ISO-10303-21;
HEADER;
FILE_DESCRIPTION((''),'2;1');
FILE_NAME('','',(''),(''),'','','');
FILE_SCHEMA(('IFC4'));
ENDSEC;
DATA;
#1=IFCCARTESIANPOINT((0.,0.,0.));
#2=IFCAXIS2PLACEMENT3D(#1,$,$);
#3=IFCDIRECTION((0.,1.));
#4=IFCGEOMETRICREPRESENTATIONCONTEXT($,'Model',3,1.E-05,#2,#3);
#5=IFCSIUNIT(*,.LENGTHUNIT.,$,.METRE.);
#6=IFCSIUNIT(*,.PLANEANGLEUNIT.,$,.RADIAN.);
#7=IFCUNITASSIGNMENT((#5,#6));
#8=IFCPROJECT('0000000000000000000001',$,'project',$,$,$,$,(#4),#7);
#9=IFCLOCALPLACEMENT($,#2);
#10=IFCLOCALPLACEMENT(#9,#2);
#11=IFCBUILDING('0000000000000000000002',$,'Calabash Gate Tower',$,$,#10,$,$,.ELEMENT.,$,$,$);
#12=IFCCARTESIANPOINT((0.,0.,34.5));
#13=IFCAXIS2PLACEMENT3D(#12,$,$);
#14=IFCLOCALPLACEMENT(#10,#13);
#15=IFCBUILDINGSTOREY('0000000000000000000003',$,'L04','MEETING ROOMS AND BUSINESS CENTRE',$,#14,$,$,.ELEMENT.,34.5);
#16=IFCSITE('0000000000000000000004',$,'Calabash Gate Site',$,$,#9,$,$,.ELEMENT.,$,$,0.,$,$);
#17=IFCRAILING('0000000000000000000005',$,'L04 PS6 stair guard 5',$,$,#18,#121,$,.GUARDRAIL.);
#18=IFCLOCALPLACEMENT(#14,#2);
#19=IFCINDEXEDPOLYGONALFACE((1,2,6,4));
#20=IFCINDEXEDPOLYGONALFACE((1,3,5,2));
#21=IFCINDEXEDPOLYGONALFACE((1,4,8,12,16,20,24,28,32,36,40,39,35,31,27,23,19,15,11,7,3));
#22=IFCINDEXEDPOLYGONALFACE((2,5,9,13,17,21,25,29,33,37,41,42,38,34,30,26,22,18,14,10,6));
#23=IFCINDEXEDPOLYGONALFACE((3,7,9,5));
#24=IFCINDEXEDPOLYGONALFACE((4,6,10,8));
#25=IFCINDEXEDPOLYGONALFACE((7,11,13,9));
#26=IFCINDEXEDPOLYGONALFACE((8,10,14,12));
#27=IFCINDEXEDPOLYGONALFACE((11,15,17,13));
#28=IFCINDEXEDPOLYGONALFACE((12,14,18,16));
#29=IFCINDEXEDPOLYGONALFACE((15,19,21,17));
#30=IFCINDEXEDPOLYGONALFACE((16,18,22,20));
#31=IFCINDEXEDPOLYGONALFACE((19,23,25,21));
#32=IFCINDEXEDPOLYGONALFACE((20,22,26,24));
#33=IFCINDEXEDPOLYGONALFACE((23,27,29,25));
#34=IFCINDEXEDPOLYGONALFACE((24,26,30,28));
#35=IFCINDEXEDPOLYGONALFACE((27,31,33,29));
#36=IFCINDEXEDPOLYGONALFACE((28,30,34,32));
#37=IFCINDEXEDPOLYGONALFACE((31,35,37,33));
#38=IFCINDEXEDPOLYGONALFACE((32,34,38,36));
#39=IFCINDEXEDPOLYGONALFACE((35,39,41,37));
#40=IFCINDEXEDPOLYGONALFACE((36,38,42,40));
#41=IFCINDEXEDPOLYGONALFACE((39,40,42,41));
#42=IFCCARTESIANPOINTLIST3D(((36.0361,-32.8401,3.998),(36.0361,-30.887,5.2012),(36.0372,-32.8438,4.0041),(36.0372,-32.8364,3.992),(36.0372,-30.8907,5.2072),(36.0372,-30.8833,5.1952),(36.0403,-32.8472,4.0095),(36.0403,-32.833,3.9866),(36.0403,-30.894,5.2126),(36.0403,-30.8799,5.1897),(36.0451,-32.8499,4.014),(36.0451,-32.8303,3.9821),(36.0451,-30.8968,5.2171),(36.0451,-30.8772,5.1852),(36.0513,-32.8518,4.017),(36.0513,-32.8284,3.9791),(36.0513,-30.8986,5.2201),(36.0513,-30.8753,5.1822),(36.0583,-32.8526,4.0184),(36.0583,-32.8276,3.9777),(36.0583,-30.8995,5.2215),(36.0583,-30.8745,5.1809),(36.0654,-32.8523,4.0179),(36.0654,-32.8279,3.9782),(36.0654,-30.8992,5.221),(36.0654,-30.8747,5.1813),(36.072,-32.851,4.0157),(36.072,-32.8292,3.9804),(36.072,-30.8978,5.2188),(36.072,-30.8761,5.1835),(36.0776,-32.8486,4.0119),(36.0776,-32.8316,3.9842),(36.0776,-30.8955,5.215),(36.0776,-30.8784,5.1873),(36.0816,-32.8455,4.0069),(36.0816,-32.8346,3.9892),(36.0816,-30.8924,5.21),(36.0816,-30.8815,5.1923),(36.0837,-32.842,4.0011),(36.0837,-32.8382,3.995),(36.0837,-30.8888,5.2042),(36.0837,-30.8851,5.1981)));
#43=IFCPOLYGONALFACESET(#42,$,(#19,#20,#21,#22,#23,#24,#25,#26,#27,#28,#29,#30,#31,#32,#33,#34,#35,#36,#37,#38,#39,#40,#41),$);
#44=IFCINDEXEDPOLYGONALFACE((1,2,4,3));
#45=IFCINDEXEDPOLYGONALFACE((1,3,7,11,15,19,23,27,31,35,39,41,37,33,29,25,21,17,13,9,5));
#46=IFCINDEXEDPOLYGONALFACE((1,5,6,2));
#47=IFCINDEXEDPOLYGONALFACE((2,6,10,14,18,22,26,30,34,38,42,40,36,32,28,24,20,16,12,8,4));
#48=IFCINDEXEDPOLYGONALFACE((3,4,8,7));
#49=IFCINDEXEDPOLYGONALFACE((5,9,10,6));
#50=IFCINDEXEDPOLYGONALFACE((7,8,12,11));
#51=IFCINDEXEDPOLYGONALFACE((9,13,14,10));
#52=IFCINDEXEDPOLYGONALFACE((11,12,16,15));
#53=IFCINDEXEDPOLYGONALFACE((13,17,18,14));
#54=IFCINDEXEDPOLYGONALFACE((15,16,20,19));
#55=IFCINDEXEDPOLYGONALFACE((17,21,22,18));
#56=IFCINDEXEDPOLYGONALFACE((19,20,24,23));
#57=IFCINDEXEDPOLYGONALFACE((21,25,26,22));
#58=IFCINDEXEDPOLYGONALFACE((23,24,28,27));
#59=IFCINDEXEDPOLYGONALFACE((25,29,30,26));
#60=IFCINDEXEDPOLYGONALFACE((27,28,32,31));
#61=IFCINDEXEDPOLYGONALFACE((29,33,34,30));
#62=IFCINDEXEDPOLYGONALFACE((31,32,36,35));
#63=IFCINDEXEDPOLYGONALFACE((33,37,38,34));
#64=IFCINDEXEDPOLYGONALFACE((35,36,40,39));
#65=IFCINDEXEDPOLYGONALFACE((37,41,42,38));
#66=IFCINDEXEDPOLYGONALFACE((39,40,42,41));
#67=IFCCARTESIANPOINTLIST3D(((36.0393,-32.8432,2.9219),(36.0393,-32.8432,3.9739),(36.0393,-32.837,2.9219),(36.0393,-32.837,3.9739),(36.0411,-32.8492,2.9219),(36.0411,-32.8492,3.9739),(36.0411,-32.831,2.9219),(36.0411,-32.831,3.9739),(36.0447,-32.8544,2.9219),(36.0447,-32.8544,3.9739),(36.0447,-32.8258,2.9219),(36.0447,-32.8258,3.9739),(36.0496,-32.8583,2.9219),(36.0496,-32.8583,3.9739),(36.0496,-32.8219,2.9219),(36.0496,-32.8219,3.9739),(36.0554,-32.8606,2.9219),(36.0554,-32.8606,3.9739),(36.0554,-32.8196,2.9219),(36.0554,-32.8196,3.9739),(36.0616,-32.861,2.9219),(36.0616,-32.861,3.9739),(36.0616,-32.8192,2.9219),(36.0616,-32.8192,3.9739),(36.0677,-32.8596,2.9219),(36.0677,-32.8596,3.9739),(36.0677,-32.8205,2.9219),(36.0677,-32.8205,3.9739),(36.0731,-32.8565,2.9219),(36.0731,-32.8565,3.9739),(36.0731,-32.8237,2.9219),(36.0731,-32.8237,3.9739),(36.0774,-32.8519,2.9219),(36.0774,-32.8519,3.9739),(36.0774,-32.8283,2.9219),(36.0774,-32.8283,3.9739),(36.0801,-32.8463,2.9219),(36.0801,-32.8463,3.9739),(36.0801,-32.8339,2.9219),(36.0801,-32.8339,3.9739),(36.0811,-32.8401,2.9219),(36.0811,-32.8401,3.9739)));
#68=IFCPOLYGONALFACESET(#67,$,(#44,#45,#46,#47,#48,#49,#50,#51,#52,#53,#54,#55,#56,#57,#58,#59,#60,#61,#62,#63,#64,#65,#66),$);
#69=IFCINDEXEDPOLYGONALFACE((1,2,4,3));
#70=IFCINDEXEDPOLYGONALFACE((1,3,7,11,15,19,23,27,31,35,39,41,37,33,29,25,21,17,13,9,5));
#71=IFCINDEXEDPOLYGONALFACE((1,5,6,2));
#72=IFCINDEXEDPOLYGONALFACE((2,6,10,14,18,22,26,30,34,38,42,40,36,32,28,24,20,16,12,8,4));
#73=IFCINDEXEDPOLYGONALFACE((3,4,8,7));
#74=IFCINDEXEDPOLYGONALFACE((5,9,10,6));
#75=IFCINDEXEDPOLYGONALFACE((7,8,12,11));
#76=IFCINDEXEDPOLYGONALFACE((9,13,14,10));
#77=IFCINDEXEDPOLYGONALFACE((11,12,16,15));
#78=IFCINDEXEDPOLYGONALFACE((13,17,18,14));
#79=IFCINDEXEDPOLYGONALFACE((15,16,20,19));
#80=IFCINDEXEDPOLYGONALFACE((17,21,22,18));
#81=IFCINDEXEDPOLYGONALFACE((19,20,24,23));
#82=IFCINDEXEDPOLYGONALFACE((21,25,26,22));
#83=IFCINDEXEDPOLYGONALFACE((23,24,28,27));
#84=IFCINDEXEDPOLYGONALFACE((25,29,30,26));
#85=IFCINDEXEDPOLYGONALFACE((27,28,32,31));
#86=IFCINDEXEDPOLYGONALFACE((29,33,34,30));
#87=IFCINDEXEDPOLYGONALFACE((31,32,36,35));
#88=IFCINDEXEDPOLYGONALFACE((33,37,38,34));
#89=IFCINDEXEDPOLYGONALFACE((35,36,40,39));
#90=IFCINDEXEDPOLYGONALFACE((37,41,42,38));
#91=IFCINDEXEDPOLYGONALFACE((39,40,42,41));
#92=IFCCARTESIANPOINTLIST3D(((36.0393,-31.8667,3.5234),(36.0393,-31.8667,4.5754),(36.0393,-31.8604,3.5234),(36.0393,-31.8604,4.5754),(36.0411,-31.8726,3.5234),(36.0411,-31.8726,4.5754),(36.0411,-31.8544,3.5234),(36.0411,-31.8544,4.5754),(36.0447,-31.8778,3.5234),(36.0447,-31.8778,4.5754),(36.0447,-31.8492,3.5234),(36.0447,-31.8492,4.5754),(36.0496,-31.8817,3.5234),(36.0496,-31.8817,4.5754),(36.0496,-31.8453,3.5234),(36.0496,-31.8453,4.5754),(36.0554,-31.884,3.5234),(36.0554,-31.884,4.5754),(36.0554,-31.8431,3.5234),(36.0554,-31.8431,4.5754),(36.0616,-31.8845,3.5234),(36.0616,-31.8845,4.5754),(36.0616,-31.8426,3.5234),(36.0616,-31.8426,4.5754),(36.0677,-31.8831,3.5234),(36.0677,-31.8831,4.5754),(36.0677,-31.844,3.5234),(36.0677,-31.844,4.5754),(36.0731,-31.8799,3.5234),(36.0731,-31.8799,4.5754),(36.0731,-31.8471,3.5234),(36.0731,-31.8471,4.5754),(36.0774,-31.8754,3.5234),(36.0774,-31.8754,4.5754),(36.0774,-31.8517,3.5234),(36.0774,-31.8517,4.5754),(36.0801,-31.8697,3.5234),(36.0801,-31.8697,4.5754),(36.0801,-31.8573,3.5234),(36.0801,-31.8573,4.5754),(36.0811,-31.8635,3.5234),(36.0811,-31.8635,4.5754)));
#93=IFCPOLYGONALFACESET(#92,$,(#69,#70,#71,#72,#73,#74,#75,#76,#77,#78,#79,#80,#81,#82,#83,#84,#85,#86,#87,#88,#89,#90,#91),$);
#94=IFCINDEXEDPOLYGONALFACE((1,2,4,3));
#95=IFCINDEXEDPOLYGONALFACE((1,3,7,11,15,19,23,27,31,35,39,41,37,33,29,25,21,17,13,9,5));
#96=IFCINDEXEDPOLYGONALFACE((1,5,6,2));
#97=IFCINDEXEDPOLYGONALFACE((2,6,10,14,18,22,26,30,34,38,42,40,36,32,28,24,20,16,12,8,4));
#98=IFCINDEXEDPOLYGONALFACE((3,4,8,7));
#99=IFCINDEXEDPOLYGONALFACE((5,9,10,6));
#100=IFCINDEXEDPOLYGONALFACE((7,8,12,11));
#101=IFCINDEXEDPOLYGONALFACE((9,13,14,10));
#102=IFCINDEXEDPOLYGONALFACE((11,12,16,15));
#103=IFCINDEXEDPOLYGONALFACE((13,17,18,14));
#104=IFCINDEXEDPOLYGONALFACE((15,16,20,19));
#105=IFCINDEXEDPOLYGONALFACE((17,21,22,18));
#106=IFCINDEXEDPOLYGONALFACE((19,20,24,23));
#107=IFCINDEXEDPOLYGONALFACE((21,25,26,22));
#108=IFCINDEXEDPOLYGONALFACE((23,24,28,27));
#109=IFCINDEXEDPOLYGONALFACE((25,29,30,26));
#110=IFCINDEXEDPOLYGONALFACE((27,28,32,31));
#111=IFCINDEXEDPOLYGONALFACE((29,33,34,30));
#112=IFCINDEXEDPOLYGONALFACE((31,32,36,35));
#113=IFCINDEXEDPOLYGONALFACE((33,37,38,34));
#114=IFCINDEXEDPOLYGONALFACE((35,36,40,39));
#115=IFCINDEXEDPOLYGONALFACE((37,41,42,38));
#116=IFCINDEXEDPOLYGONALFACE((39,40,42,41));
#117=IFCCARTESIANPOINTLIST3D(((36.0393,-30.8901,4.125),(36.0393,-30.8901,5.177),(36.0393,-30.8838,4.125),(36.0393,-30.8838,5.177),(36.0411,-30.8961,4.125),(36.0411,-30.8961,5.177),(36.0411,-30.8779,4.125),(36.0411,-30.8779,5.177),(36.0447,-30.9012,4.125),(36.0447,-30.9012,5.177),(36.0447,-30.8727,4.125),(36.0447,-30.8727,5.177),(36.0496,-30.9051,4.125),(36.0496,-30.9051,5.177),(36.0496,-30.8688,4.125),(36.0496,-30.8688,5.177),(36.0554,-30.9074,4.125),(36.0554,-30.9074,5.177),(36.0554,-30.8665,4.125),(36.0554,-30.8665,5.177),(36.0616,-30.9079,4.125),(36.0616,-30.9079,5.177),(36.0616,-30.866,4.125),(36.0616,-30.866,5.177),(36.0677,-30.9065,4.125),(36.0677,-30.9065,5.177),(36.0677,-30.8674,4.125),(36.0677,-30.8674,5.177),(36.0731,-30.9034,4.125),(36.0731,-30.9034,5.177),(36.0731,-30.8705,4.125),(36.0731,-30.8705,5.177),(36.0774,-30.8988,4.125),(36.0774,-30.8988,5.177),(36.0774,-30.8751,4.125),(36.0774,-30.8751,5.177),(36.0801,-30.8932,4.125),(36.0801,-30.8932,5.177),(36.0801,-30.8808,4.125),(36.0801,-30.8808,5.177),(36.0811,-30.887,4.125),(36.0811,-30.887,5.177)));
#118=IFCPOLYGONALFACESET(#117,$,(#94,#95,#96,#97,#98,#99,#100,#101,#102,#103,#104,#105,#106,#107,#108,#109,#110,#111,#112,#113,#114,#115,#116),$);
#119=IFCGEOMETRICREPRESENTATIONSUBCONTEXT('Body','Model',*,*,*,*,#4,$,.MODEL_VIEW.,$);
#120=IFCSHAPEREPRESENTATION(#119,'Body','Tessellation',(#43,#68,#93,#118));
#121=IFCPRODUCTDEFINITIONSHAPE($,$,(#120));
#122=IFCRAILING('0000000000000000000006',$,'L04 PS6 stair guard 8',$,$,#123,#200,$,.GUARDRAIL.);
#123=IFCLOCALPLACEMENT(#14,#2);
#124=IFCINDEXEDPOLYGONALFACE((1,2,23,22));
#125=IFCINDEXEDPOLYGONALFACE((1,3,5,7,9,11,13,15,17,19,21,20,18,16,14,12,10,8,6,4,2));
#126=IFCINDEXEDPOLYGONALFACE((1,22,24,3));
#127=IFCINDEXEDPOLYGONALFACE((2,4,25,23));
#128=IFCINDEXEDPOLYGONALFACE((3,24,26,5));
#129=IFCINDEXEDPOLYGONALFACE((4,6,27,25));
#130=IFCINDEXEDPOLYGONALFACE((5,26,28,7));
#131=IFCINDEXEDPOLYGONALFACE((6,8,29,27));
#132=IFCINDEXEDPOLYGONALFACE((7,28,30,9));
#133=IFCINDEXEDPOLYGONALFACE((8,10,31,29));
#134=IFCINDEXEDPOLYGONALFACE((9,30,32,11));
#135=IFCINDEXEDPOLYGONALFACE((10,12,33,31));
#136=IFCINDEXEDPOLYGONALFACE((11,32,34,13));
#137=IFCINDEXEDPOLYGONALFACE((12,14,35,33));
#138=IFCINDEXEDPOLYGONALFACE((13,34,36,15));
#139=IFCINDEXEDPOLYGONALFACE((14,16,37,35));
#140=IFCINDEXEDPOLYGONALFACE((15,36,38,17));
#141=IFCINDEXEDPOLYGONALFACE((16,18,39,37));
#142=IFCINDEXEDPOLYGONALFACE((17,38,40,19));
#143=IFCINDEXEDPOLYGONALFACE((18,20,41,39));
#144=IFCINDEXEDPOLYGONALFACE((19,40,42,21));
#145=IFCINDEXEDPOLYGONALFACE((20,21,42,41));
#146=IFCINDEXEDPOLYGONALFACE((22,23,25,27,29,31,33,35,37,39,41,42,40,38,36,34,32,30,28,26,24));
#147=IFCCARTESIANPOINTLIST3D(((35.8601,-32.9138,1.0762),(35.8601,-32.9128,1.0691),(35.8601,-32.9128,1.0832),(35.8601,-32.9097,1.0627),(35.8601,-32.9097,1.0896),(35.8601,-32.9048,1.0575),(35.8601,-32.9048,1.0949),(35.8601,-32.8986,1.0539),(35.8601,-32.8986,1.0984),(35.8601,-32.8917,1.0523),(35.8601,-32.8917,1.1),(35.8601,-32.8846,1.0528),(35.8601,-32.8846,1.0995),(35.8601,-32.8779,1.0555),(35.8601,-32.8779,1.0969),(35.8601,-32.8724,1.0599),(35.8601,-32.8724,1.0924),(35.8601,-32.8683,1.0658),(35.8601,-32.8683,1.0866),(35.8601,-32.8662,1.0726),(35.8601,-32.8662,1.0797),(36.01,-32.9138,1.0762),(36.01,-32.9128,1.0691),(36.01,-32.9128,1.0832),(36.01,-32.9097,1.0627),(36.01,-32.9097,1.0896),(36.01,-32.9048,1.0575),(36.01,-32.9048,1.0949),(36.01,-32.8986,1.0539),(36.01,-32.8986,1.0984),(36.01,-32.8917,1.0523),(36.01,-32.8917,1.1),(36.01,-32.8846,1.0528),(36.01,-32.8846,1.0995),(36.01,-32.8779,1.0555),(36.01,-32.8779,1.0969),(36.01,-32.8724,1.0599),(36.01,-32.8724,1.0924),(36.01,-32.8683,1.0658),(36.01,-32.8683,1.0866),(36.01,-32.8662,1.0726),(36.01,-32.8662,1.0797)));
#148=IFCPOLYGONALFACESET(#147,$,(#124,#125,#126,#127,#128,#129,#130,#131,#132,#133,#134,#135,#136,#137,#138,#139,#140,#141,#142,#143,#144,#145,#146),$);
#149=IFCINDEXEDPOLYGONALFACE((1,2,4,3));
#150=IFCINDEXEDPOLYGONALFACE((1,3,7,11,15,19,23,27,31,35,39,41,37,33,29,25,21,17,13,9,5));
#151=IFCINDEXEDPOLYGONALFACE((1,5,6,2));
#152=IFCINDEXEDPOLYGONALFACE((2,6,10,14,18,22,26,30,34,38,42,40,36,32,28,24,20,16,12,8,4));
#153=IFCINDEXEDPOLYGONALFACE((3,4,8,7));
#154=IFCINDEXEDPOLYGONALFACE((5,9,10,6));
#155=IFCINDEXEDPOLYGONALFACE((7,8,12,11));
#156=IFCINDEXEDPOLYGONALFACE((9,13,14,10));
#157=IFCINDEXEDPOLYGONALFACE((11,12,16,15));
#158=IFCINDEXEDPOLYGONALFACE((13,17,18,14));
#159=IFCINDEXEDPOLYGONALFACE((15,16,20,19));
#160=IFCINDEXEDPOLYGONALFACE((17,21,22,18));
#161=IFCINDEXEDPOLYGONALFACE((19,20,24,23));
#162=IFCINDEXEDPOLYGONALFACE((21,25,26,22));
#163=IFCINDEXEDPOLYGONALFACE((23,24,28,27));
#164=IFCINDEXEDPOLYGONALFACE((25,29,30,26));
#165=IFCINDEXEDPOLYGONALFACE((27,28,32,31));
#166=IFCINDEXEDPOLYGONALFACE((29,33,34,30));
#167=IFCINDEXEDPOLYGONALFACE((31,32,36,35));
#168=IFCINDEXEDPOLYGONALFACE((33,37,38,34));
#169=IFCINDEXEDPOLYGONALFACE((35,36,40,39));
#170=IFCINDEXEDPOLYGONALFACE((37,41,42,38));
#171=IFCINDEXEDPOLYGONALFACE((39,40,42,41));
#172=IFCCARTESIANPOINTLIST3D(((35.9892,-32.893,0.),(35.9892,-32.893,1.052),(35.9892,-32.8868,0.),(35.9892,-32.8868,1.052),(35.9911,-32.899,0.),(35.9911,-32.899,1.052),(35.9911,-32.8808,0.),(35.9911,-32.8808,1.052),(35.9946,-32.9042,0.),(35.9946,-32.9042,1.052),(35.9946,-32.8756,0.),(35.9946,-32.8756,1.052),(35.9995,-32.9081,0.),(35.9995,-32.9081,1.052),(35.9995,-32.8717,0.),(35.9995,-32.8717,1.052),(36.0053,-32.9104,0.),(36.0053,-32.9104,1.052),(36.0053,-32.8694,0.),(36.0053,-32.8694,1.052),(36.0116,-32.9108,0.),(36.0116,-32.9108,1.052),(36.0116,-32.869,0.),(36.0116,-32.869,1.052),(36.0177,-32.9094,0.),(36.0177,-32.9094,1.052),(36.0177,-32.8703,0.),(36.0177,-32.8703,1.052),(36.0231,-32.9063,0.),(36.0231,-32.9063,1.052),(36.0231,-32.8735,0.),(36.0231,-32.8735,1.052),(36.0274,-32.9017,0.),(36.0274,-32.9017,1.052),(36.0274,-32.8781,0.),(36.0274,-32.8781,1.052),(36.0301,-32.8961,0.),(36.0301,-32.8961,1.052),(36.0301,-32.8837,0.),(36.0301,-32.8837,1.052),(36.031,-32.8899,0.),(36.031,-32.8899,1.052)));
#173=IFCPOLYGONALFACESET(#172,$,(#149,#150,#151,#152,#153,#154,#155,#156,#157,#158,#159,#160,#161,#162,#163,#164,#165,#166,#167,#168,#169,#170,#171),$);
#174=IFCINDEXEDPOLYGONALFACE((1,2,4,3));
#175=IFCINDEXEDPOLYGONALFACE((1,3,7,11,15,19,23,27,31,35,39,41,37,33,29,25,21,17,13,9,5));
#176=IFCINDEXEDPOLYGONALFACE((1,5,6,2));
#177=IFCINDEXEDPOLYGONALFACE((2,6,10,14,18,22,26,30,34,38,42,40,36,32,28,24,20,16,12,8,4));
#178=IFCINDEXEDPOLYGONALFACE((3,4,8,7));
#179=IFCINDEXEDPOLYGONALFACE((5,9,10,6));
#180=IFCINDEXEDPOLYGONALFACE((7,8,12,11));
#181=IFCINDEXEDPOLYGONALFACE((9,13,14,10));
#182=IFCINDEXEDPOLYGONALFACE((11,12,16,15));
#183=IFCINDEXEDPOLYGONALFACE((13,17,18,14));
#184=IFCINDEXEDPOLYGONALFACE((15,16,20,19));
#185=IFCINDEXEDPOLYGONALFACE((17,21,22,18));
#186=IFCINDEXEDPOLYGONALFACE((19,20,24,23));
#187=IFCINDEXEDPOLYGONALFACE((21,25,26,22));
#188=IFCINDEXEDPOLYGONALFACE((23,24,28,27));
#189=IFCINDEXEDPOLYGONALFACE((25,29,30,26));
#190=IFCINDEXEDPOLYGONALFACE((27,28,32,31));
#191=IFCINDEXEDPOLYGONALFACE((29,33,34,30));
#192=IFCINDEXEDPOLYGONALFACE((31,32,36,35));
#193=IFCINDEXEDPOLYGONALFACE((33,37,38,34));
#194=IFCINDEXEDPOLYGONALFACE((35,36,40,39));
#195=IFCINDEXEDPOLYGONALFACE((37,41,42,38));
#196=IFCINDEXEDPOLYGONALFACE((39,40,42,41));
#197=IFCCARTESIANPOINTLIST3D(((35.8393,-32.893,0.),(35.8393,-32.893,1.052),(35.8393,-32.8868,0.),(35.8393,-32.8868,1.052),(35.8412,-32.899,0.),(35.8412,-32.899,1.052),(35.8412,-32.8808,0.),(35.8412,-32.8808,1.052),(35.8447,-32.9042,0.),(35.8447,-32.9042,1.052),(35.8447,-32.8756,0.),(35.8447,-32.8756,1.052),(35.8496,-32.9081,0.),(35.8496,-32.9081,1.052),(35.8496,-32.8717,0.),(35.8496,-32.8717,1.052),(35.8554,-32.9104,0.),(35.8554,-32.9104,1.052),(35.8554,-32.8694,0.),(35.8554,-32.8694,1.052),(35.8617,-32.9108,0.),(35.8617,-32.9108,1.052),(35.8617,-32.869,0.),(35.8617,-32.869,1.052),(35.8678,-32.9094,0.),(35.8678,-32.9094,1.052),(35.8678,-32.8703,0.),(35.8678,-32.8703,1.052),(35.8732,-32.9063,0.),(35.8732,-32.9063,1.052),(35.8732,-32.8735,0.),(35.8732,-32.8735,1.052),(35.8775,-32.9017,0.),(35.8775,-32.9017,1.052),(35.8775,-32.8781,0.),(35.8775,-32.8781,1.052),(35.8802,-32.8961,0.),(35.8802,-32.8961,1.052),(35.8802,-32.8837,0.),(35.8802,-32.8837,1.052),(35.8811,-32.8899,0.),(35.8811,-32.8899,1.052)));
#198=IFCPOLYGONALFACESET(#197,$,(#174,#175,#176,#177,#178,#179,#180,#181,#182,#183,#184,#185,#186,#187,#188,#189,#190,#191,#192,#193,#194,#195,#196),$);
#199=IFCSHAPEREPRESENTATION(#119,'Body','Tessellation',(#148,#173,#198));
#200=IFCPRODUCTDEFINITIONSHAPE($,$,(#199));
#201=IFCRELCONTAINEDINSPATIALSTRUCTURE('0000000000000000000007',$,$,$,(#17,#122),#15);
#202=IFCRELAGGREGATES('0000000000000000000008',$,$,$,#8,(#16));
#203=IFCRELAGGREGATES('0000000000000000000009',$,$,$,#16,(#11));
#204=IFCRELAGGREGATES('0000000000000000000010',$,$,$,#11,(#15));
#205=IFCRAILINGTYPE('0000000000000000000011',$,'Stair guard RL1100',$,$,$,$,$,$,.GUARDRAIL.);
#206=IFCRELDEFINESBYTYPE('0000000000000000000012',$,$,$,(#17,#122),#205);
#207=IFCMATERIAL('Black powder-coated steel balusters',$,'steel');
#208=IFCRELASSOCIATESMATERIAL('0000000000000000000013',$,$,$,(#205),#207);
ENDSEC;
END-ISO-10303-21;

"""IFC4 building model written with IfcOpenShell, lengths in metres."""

from ifc_helpers import new_model, si_unit, direction, frame, origin, origin_2d, place, context, subcontext, project, spatial, circle, extrude, material, type_object, element, save


model = new_model("IFC4")

# Units and contexts
model_context = context("Model", 3, precision=1e-05, world=origin(), true_north=direction((0.0, 1.0)))
body_context = subcontext(model_context, "Body", "Model", "MODEL_VIEW")
ifc_project = project(units=[si_unit("LENGTHUNIT", "METRE"), si_unit("PLANEANGLEUNIT", "RADIAN")], contexts=[model_context])

# Site, building, storey
site_placement = place(None, origin())
site = spatial("IfcSite", under=ifc_project, at=site_placement, Name="Calabash Gate Site", CompositionType="ELEMENT", RefElevation=0.0)
building_placement = place(site_placement, origin())
building = spatial("IfcBuilding", under=site, at=building_placement, Name="Calabash Gate Tower", CompositionType="ELEMENT")
storey_placement = place(building_placement, frame((0.0, 0.0, 34.5)))
storey = spatial("IfcBuildingStorey", under=building, at=storey_placement, Name="L04", Description="MEETING ROOMS AND BUSINESS CENTRE", CompositionType="ELEMENT", Elevation=34.5)

# Railings
ifc_material_1 = material(Name="Black powder-coated steel balusters", Category="steel")
railing_type_1 = type_object("IfcRailingType", Name="Stair guard RL1100", PredefinedType="GUARDRAIL", material=ifc_material_1)
railing_1_placement = place(storey_placement, frame((36.0601, -32.8401, 2.9219)))
element("IfcRailing", 1, at=railing_1_placement, inside=storey, type_object=railing_type_1, Name="L04 PS6 stair guard 5", PredefinedType="GUARDRAIL", context=body_context, shape_type="SweptSolid", body=[
    extrude(circle(Radius=0.0239, at=origin_2d()), frame((0.0, 0.0, 1.0762), z_axis=(0.0, 0.851424, 0.524477), x_axis=(-1.0, 0.0, 0.0)), (0.0, 0.0, 1.0), 2.2939),
    extrude(circle(Radius=0.021, at=origin_2d()), origin(), (0.0, 0.0, 1.0), 1.052),
    extrude(circle(Radius=0.021, at=origin_2d()), frame((0.0, 0.9766, 0.6016)), (0.0, 0.0, 1.0), 1.052),
    extrude(circle(Radius=0.021, at=origin_2d()), frame((0.0, 1.9531, 1.2031)), (0.0, 0.0, 1.0), 1.052),
])
railing_2_placement = place(storey_placement, frame((36.01, -32.8899, 0.0)))
element("IfcRailing", 2, at=railing_2_placement, inside=storey, type_object=railing_type_1, Name="L04 PS6 stair guard 8", PredefinedType="GUARDRAIL", context=body_context, shape_type="SweptSolid", body=[
    extrude(circle(Radius=0.0239, at=origin_2d()), frame((0.0, 0.0, 1.0762), z_axis=(-1.0, 0.0, 0.0), x_axis=(0.0, -1.0, 0.0)), (0.0, 0.0, 1.0), 0.1499),
    extrude(circle(Radius=0.021, at=origin_2d()), origin(), (0.0, 0.0, 1.0), 1.052),
    extrude(circle(Radius=0.021, at=origin_2d()), frame((-0.1499, 0.0, 0.0)), (0.0, 0.0, 1.0), 1.052),
])

save(model, "model.ifc")
